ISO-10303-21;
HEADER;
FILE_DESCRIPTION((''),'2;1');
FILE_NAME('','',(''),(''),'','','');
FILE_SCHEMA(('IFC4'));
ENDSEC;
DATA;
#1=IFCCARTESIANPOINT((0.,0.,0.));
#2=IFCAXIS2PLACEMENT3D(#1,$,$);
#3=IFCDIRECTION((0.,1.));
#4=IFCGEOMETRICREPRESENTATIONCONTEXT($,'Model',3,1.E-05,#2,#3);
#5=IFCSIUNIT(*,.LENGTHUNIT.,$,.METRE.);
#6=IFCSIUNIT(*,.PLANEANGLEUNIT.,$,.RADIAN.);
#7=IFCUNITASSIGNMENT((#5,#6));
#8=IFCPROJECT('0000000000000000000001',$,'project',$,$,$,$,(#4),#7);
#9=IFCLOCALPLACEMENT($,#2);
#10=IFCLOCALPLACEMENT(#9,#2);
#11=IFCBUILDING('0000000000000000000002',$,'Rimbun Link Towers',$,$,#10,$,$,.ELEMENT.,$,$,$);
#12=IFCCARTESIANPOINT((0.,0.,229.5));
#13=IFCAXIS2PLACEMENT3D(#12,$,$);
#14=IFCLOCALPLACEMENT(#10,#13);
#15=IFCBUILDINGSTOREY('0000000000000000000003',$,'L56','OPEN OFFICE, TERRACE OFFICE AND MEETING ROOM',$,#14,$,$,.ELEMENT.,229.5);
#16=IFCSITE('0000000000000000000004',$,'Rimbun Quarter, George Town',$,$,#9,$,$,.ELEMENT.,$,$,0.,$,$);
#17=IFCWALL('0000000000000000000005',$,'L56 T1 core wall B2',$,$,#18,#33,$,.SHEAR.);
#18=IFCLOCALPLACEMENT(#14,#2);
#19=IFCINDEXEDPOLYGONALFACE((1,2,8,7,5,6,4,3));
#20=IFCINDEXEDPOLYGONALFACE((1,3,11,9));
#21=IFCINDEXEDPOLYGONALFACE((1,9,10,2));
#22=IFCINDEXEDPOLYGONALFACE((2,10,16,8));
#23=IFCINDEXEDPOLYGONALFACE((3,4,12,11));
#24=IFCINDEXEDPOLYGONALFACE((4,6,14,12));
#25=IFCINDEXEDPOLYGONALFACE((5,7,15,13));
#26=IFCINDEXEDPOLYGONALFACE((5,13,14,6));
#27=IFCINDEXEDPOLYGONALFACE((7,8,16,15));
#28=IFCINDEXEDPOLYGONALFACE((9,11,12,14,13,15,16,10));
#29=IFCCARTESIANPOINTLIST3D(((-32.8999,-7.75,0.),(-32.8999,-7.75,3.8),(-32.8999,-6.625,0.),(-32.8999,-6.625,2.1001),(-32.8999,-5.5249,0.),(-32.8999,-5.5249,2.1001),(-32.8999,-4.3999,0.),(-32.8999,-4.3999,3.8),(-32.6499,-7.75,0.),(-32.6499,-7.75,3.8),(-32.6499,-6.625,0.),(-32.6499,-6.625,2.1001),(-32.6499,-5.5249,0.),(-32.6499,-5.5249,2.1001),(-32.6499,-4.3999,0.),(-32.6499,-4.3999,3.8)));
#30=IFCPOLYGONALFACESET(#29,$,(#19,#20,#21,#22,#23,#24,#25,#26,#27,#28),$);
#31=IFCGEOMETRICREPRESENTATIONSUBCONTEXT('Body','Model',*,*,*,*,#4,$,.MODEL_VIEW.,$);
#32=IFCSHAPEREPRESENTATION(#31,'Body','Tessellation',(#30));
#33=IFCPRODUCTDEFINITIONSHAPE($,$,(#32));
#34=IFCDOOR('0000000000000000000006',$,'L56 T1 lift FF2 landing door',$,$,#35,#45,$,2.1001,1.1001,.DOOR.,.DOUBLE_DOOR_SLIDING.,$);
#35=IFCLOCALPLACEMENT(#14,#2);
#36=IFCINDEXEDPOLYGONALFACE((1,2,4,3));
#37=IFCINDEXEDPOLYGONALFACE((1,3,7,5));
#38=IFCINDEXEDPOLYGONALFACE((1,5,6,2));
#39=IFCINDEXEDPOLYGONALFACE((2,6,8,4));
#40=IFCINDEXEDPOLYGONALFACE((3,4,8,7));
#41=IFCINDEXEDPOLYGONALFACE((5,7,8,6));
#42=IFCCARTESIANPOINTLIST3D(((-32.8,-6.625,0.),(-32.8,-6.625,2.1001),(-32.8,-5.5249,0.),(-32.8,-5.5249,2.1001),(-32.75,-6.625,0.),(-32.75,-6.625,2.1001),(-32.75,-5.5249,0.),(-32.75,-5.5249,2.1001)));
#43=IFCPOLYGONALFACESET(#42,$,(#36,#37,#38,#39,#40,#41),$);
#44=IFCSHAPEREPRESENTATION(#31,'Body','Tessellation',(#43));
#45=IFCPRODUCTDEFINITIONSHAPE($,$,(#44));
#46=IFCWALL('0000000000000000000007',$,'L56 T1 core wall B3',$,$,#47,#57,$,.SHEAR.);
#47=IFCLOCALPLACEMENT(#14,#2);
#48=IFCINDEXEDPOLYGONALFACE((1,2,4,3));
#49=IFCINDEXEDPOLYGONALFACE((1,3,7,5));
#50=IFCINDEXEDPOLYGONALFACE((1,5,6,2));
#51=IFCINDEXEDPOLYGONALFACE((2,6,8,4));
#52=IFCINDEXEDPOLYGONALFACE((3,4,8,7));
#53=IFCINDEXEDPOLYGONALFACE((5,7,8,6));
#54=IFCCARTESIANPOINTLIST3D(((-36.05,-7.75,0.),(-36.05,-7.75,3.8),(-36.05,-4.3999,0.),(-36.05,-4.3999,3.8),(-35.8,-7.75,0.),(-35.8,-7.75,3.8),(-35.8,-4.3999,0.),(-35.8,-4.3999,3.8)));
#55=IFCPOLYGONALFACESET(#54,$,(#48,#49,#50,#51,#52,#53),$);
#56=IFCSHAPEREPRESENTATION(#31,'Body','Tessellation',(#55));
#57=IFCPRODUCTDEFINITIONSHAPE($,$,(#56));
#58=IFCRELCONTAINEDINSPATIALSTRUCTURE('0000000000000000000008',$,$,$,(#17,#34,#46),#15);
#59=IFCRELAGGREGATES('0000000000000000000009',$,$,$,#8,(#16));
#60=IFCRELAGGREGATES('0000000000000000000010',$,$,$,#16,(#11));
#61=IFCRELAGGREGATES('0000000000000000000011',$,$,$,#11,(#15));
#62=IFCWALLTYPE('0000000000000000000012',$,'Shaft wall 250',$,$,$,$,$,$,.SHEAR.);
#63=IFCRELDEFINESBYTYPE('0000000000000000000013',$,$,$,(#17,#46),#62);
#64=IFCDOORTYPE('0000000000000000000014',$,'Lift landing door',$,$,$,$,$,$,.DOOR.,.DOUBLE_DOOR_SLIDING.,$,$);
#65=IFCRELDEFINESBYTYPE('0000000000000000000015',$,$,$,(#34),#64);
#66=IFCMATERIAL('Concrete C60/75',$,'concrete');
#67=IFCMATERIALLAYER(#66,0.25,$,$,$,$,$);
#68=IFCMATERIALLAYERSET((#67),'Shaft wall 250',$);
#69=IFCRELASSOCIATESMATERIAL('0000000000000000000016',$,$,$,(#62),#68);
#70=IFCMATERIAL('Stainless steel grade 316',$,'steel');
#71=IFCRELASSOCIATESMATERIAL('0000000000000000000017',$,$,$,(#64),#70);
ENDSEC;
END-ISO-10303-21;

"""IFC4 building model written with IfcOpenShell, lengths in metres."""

from ifc_helpers import new_model, si_unit, direction, frame, frame_2d, origin, place, context, subcontext, project, spatial, rectangle, extrude, material, layer, layer_set, type_object, element, fill, save


model = new_model("IFC4")

# Units and contexts
model_context = context("Model", 3, precision=1e-05, world=origin(), true_north=direction((0.0, 1.0)))
body_context = subcontext(model_context, "Body", "Model", "MODEL_VIEW")
ifc_project = project(units=[si_unit("LENGTHUNIT", "METRE"), si_unit("PLANEANGLEUNIT", "RADIAN")], contexts=[model_context])

# Site, building, storey
site_placement = place(None, origin())
site = spatial("IfcSite", under=ifc_project, at=site_placement, Name="Rimbun Quarter, George Town", CompositionType="ELEMENT", RefElevation=0.0)
building_placement = place(site_placement, origin())
building = spatial("IfcBuilding", under=site, at=building_placement, Name="Rimbun Link Towers", CompositionType="ELEMENT")
storey_placement = place(building_placement, frame((0.0, 0.0, 229.5)))
storey = spatial("IfcBuildingStorey", under=building, at=storey_placement, Name="L56", Description="OPEN OFFICE, TERRACE OFFICE AND MEETING ROOM", CompositionType="ELEMENT", Elevation=229.5)

# Shared definitions
ifc_material_1 = material(Name="Concrete C60/75", Category="concrete")
ifc_layer_1 = layer(ifc_material_1, 0.25)
ifc_layer_set_1 = layer_set([ifc_layer_1], Name="Shaft wall 250")
wall_type_1 = type_object("IfcWallType", Name="Shaft wall 250", PredefinedType="SHEAR", material=ifc_layer_set_1)

# Shared definitions
ifc_material_2 = material(Name="Stainless steel grade 316", Category="steel")
door_type_1 = type_object("IfcDoorType", Name="Lift landing door", OperationType="DOUBLE_DOOR_SLIDING", PredefinedType="DOOR", material=ifc_material_2)

# Wall, opening, door
wall_1_placement = place(storey_placement, frame((-32.7749, -4.3999, 0.0), z_axis=(0.0, 0.0, 1.0), x_axis=(0.0, -1.0, 0.0)))
wall_1 = element("IfcWall", 1, at=wall_1_placement, inside=storey, type_object=wall_type_1, Name="L56 T1 core wall B2", PredefinedType="SHEAR", context=body_context, shape_type="SweptSolid", body=[
    extrude(rectangle(XDim=3.3501, YDim=0.25, at=frame_2d((1.675, 0.0))), origin(), (0.0, 0.0, 1.0), 3.8),
])
opening_1_placement = place(wall_1_placement, frame((1.125, 0.0, 0.0)))
opening_1 = element("IfcOpeningElement", 2, at=opening_1_placement, cuts=wall_1, PredefinedType="OPENING", context=body_context, shape_type="SweptSolid", body=[
    extrude(rectangle(XDim=1.1001, YDim=2.1001, at=frame_2d((0.55, 1.05))), frame((0.0, 0.135, 0.0), z_axis=(0.0, -1.0, 0.0), x_axis=(1.0, 0.0, 0.0)), (0.0, 0.0, 1.0), 0.27),
])
door_1_placement = place(opening_1_placement, origin())
door_1 = element("IfcDoor", 3, at=door_1_placement, inside=storey, type_object=door_type_1, Name="L56 T1 lift FF2 landing door", OperationType="DOUBLE_DOOR_SLIDING", OverallHeight=2.1001, OverallWidth=1.1001, PredefinedType="DOOR", context=body_context, shape_type="SweptSolid", body=[
    extrude(rectangle(XDim=1.1001, YDim=2.1001, at=frame_2d((0.55, 1.05))), frame((0.0, 0.0249, 0.0), z_axis=(0.0, -1.0, 0.0), x_axis=(1.0, 0.0, 0.0)), (0.0, 0.0, 1.0), 0.05),
])
fill(opening_1, door_1)

# Wall
wall_2_placement = place(storey_placement, frame((-35.925, -4.3999, 0.0), z_axis=(0.0, 0.0, 1.0), x_axis=(0.0, -1.0, 0.0)))
element("IfcWall", 4, at=wall_2_placement, inside=storey, type_object=wall_type_1, Name="L56 T1 core wall B3", PredefinedType="SHEAR", context=body_context, shape_type="SweptSolid", body=[
    extrude(rectangle(XDim=3.3501, YDim=0.25, at=frame_2d((1.675, 0.0))), origin(), (0.0, 0.0, 1.0), 3.8),
])

save(model, "model.ifc")
